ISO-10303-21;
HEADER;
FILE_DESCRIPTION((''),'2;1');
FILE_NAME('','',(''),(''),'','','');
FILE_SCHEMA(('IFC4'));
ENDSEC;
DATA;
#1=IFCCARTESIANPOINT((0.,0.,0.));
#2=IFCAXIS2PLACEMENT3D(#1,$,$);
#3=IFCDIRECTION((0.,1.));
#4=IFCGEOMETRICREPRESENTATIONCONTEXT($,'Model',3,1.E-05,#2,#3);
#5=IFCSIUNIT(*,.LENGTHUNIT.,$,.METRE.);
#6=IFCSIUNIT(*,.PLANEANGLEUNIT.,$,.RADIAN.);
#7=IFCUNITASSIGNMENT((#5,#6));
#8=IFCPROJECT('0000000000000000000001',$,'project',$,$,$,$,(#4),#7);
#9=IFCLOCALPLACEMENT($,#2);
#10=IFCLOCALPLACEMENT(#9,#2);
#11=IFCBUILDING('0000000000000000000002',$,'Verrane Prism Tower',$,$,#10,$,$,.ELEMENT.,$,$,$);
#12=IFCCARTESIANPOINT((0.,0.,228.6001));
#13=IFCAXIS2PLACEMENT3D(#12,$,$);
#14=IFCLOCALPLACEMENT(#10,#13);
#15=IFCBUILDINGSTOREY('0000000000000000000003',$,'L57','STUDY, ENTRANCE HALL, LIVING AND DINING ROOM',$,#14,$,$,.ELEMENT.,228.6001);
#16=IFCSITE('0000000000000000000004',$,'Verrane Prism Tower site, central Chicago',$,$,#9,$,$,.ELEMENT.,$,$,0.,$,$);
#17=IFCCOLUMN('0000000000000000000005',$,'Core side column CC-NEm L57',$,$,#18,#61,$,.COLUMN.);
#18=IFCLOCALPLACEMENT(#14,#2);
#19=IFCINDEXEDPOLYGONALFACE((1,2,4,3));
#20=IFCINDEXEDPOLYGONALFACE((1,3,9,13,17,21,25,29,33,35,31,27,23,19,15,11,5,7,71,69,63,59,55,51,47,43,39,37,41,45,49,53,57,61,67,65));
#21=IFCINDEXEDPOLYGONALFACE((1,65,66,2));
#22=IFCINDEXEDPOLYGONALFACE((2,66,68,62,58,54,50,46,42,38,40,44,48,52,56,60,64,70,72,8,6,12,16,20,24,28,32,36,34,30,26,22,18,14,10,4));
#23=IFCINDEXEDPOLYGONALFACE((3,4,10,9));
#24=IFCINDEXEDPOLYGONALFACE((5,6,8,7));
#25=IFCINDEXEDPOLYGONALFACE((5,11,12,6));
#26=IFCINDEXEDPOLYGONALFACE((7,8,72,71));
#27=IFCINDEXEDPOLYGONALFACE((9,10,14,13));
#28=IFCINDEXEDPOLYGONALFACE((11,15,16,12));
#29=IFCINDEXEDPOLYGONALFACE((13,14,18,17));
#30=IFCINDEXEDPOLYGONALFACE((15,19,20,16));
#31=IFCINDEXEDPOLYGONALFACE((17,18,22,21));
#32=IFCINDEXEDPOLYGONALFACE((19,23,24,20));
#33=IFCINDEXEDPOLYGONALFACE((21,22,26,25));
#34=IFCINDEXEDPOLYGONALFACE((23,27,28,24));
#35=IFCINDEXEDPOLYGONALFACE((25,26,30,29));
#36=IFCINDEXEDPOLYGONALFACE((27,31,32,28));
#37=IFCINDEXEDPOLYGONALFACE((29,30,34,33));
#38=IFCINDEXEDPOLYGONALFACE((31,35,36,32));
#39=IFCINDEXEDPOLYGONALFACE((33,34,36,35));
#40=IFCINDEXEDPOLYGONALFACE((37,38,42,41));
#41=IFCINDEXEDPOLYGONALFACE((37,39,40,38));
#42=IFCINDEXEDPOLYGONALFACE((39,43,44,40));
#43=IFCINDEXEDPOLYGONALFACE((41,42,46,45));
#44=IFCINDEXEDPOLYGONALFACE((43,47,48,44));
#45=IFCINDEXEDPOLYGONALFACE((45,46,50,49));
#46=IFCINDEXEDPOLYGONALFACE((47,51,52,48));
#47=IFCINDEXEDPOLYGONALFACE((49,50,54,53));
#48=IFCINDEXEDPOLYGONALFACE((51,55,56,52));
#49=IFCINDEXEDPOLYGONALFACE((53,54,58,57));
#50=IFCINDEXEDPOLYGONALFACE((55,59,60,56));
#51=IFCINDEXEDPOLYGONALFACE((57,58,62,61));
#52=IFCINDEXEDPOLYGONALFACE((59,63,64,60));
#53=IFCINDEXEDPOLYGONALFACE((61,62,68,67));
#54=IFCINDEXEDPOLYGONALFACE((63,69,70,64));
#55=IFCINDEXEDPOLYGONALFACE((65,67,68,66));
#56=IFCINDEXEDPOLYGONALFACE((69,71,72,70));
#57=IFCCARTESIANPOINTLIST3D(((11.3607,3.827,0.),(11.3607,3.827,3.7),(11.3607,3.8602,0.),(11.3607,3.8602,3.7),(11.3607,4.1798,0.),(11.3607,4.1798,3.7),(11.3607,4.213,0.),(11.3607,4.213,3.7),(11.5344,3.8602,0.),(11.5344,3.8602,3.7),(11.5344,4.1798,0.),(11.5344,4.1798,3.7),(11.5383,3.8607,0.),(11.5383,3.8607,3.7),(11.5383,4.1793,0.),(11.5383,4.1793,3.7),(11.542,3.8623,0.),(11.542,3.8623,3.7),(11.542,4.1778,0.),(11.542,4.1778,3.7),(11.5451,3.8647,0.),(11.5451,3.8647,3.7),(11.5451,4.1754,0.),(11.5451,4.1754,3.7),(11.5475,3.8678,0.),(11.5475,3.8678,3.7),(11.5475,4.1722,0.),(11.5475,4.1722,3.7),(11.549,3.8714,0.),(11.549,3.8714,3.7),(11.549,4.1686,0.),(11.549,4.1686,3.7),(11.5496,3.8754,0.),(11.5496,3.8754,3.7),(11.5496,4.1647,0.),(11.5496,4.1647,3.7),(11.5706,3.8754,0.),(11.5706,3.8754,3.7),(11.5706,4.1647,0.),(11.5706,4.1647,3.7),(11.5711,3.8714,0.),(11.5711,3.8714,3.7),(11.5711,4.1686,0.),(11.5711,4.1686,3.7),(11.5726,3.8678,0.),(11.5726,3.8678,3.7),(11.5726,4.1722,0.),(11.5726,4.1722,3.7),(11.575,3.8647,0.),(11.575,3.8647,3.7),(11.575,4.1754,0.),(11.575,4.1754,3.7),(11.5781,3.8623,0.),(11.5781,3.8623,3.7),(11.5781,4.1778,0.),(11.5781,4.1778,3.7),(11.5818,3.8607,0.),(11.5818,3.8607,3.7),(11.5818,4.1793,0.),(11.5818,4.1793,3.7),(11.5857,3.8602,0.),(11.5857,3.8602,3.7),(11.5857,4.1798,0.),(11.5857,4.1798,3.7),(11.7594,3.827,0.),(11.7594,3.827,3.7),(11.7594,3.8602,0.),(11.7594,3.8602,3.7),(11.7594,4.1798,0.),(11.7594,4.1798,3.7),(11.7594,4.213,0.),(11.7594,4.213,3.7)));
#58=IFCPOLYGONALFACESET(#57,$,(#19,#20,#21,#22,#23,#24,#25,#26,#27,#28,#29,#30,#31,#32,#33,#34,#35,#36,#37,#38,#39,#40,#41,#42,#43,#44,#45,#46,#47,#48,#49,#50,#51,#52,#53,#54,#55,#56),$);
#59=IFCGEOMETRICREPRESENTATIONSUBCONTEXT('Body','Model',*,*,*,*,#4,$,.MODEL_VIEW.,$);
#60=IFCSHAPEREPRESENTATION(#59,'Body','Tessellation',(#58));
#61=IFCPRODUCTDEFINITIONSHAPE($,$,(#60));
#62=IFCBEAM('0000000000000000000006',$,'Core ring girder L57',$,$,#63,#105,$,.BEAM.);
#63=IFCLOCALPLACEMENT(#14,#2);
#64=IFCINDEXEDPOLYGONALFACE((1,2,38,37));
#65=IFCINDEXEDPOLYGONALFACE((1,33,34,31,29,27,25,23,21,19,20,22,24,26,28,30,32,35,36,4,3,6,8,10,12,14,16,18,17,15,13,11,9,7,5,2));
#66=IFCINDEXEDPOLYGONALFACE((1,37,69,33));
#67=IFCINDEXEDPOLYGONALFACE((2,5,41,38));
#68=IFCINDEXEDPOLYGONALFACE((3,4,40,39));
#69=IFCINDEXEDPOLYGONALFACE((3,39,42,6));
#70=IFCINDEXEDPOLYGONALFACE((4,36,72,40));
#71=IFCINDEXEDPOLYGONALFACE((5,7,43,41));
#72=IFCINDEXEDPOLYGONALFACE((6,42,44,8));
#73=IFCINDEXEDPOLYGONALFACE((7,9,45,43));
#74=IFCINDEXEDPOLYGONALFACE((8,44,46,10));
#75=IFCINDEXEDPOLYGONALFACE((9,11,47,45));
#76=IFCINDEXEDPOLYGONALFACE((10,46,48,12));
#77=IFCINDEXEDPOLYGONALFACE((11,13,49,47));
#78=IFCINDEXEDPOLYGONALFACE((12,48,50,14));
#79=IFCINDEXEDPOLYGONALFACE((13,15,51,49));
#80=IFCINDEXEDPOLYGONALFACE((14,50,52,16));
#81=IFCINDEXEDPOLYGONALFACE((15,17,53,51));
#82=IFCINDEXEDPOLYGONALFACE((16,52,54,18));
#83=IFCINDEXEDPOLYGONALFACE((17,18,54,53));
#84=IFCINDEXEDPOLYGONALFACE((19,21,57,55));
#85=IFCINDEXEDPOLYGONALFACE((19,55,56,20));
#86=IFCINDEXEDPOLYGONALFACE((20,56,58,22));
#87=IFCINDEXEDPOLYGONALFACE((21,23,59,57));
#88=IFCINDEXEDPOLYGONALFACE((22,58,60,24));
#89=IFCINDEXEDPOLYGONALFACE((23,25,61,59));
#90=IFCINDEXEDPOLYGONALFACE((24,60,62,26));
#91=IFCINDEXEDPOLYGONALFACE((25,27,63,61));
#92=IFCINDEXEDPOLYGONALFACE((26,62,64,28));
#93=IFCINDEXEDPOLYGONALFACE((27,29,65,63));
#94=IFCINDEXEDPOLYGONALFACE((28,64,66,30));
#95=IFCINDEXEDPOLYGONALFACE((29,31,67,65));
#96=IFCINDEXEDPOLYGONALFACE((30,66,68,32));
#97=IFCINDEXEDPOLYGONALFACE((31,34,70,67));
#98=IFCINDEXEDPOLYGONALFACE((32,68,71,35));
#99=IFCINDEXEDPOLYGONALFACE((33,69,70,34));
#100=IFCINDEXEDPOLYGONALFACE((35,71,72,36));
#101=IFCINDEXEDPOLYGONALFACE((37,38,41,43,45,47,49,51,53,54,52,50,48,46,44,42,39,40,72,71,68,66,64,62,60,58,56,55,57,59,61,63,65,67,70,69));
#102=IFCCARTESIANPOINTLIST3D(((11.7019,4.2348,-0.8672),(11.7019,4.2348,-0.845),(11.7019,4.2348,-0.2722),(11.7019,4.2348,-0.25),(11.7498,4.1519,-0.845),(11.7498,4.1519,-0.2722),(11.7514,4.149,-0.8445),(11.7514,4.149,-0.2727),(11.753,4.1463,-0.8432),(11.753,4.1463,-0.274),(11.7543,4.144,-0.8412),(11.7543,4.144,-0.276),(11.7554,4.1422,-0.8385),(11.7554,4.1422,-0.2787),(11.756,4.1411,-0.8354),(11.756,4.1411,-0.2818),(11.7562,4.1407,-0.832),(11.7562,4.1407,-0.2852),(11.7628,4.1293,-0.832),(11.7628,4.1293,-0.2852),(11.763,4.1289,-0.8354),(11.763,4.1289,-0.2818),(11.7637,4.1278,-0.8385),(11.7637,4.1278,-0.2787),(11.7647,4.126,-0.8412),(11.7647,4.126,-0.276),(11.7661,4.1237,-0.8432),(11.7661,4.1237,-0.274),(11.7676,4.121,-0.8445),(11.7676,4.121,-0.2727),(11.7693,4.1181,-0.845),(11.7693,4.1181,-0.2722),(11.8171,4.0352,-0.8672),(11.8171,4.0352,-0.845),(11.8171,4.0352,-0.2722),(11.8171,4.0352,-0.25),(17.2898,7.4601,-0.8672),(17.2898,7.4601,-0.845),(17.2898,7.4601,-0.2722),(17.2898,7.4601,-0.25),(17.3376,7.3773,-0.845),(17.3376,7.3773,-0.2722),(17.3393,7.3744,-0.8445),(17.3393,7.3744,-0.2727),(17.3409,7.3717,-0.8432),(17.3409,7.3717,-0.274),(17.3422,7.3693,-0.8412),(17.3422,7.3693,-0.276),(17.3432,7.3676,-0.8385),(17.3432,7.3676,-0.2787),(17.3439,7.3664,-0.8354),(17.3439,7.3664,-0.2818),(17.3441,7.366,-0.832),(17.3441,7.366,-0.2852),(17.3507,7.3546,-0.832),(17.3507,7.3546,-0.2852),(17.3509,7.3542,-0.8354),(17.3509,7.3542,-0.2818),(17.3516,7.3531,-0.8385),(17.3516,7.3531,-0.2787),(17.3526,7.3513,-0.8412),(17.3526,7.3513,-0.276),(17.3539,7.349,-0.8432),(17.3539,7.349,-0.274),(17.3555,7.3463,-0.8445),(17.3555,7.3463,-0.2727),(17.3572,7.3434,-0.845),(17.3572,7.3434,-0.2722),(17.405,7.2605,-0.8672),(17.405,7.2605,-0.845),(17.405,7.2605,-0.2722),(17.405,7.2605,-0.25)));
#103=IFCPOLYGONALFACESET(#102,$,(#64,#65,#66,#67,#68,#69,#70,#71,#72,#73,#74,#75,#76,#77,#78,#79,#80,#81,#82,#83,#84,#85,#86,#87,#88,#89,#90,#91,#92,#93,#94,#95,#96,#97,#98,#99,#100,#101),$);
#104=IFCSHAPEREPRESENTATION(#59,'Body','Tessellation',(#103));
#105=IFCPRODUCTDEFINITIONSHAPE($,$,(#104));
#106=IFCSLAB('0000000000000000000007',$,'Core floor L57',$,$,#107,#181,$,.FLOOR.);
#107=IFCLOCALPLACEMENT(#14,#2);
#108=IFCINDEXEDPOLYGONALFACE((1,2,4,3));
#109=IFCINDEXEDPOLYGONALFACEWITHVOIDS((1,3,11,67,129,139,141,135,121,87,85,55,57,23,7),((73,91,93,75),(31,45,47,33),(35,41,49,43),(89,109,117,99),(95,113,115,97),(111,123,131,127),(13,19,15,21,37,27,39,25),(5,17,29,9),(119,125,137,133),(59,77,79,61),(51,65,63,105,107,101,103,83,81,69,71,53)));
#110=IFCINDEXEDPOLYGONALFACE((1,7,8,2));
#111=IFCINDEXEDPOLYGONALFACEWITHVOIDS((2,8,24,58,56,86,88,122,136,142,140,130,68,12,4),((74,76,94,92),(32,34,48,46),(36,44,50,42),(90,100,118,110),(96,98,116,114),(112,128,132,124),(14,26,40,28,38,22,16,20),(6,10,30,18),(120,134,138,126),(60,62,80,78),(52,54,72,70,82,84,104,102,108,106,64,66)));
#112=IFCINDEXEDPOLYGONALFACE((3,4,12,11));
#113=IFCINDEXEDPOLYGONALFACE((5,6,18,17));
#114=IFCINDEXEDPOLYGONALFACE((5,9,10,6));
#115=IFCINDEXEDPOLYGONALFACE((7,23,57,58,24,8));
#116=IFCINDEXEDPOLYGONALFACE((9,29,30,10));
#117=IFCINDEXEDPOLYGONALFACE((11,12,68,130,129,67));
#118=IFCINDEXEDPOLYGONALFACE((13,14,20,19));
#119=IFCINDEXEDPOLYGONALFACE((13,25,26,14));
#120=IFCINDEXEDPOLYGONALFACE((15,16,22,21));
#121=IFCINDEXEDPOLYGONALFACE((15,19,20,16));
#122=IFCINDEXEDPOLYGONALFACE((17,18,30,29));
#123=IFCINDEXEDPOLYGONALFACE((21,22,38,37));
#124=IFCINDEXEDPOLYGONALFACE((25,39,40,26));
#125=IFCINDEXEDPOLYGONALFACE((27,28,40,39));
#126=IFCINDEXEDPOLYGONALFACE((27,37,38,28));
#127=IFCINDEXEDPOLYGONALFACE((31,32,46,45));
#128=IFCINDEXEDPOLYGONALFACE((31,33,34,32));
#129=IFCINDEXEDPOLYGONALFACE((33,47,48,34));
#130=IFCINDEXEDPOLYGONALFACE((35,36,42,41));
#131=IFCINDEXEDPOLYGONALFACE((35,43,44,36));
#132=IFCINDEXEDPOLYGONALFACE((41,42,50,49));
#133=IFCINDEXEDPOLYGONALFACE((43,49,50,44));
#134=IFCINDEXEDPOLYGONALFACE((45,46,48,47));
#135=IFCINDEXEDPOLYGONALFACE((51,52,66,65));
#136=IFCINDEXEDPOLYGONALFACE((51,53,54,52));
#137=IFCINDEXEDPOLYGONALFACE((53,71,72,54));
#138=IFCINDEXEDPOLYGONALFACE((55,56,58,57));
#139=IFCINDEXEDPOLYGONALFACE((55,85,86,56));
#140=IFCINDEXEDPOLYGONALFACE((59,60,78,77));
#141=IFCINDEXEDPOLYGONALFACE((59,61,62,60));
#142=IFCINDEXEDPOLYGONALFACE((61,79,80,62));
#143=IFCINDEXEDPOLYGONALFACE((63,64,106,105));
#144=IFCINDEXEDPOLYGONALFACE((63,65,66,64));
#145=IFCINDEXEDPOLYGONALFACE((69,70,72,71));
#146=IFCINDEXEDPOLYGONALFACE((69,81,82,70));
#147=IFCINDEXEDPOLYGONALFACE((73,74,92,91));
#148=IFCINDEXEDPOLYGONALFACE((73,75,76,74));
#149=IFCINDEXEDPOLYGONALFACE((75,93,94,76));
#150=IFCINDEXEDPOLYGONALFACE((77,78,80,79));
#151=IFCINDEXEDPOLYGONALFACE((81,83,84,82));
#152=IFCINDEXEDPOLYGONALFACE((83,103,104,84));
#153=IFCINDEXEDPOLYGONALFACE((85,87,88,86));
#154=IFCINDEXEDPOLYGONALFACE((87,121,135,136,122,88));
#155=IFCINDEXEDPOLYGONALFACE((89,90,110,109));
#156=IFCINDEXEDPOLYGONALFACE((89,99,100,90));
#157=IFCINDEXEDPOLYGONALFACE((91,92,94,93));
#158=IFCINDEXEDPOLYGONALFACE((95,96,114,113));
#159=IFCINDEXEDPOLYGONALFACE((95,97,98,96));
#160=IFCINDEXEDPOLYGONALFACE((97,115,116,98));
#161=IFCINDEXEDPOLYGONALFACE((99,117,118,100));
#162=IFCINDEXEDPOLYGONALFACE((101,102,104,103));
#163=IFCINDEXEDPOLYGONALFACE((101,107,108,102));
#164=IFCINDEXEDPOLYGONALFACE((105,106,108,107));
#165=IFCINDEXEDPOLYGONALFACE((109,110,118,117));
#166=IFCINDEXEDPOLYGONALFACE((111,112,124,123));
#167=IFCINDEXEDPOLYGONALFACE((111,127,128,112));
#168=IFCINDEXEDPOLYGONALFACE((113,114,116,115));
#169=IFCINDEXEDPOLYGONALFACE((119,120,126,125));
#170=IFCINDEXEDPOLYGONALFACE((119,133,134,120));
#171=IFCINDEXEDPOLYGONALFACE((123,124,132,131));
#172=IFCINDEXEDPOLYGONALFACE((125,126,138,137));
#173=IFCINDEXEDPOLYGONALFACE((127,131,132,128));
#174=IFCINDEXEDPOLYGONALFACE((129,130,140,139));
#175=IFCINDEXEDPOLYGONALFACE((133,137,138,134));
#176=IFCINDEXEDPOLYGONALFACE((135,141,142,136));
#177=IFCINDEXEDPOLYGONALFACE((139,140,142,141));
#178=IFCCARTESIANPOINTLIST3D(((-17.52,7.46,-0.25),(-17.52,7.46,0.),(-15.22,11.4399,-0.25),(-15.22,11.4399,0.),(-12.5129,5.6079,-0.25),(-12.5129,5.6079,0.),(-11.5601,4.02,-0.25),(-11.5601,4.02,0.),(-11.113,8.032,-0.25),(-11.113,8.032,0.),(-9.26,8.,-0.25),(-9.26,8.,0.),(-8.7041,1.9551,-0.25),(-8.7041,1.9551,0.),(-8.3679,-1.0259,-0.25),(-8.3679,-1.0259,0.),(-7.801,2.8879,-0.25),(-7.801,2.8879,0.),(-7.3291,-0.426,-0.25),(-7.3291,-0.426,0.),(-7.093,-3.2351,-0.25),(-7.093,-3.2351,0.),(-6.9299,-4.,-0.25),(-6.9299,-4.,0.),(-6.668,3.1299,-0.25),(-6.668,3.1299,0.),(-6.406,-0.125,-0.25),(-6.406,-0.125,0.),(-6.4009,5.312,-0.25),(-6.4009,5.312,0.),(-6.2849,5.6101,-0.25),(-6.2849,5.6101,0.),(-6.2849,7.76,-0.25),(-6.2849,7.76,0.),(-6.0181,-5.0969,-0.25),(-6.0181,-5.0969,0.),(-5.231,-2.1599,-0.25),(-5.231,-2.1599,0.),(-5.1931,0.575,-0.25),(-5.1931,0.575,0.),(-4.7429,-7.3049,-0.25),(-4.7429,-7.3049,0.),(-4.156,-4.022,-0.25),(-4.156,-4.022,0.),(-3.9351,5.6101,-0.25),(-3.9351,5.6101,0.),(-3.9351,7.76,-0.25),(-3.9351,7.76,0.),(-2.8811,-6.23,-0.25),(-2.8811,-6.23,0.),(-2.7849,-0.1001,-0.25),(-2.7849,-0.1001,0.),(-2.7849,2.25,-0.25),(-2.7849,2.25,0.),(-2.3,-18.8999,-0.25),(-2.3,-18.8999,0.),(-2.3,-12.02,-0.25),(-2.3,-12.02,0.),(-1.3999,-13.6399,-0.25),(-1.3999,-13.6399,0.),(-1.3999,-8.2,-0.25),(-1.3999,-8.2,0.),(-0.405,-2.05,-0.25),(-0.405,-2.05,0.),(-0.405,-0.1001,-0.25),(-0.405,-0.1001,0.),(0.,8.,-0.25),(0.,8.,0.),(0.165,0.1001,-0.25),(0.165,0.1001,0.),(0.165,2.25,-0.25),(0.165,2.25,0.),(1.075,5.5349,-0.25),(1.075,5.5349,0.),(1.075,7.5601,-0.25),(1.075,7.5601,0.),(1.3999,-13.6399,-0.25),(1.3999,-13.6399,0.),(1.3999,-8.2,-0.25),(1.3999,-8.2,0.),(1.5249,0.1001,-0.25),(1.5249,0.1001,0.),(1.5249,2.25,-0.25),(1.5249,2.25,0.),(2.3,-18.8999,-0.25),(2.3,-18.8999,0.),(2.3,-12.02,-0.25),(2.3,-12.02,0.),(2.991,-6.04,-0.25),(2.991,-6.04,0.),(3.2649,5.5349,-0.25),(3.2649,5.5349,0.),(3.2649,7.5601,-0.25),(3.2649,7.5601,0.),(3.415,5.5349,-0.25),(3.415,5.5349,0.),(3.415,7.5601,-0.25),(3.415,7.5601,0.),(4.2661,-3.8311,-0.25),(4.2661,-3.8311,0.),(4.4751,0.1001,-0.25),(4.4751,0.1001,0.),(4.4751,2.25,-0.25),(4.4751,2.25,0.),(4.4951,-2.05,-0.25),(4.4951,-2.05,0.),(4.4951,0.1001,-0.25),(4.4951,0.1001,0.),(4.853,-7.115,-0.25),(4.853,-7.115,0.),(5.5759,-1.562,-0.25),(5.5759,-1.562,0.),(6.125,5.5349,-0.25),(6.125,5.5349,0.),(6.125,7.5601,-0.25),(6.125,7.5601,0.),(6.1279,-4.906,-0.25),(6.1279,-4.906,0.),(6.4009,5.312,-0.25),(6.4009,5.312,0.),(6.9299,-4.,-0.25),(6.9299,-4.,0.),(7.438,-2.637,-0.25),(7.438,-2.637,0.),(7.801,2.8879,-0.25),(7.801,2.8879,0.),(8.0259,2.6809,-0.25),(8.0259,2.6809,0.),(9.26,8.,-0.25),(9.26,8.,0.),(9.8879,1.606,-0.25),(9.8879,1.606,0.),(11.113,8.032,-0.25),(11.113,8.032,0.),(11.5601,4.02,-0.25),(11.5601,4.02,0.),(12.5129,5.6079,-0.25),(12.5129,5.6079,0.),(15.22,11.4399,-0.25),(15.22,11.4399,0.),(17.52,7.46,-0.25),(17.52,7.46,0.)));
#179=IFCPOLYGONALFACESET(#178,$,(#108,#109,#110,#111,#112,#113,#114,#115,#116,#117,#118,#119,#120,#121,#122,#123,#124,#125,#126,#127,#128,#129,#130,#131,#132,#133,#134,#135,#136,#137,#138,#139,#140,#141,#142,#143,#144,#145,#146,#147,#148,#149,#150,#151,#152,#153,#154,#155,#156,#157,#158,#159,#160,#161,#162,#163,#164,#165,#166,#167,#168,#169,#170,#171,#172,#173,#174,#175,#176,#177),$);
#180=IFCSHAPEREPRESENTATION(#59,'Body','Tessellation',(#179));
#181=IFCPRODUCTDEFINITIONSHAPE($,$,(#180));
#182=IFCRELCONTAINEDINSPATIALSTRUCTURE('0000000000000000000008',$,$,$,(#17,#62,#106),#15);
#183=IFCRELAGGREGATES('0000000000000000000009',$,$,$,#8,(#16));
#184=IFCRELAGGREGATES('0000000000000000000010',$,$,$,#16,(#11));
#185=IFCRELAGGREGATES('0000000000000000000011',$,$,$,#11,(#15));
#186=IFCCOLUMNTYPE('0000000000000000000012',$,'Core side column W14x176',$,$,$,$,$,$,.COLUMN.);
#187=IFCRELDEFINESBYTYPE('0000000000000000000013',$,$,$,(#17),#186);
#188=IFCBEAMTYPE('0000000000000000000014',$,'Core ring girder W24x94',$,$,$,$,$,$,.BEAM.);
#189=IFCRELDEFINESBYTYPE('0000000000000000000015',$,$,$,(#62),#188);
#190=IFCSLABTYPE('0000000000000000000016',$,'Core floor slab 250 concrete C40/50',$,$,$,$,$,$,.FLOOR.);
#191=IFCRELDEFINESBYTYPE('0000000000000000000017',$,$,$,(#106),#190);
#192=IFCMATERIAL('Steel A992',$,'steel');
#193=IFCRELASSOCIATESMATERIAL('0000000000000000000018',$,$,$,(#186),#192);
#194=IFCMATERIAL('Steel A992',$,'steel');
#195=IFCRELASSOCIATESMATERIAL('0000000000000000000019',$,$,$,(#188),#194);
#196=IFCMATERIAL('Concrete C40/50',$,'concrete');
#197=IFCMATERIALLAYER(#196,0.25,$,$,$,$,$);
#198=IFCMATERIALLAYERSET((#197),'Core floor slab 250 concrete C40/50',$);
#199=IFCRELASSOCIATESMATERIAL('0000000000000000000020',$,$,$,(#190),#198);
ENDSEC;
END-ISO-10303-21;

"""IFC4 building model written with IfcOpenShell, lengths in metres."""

from ifc_helpers import new_model, si_unit, direction, frame, origin, origin_2d, place, context, subcontext, project, spatial, polyline, i_section, outline, extrude, material, layer, layer_set, material_profile, profile_set, type_object, element, save


model = new_model("IFC4")

# Units and contexts
model_context = context("Model", 3, precision=1e-05, world=origin(), true_north=direction((0.0, 1.0)))
body_context = subcontext(model_context, "Body", "Model", "MODEL_VIEW")
ifc_project = project(units=[si_unit("LENGTHUNIT", "METRE"), si_unit("PLANEANGLEUNIT", "RADIAN")], contexts=[model_context])

# Site, building, storey
site_placement = place(None, origin())
site = spatial("IfcSite", under=ifc_project, at=site_placement, Name="Verrane Prism Tower site, central Chicago", CompositionType="ELEMENT", RefElevation=0.0)
building_placement = place(site_placement, origin())
building = spatial("IfcBuilding", under=site, at=building_placement, Name="Verrane Prism Tower", CompositionType="ELEMENT")
storey_placement = place(building_placement, frame((0.0, 0.0, 228.6001)))
storey = spatial("IfcBuildingStorey", under=building, at=storey_placement, Name="L57", Description="STUDY, ENTRANCE HALL, LIVING AND DINING ROOM", CompositionType="ELEMENT", Elevation=228.6001)

# Column
ifc_material_1 = material(Name="Steel A992", Category="steel")
ifc_material_profile_1 = material_profile(ifc_material_1, i_section(OverallWidth=0.3987, OverallDepth=0.386, WebThickness=0.021, FlangeThickness=0.0332, FilletRadius=0.0151, at=origin_2d()), Name="W14x176")
ifc_profile_set_1 = profile_set([ifc_material_profile_1], Name="Steel A992")
column_type = type_object("IfcColumnType", Name="Core side column W14x176", PredefinedType="COLUMN", material=ifc_profile_set_1)
column_placement = place(storey_placement, frame((11.5601, 4.02, 0.0), z_axis=(0.0, 0.0, 1.0), x_axis=(1.0, 0.0, 0.0)))
element("IfcColumn", 1, at=column_placement, inside=storey, type_object=column_type, Name="Core side column CC-NEm L57", PredefinedType="COLUMN", context=body_context, shape_type="SweptSolid", body=[
    extrude(i_section(OverallWidth=0.3987, OverallDepth=0.386, WebThickness=0.021, FlangeThickness=0.0332, FilletRadius=0.0151, at=origin_2d()), origin(), (0.0, 0.0, 1.0), 3.7),
])

# Beam
ifc_material_2 = material(Name="Steel A992", Category="steel")
ifc_material_profile_2 = material_profile(ifc_material_2, i_section(OverallWidth=0.2305, OverallDepth=0.6172, WebThickness=0.0132, FlangeThickness=0.0222, FilletRadius=0.0129, at=origin_2d()), Name="W24x94")
ifc_profile_set_2 = profile_set([ifc_material_profile_2], Name="Steel A992")
beam_type = type_object("IfcBeamType", Name="Core ring girder W24x94", PredefinedType="BEAM", material=ifc_profile_set_2)
beam_placement = place(storey_placement, frame((11.7595, 4.135, -0.5586), z_axis=(0.866081, 0.499904, 0.0), x_axis=(-0.499904, 0.866081, 0.0)))
element("IfcBeam", 2, at=beam_placement, inside=storey, type_object=beam_type, Name="Core ring girder L57", PredefinedType="BEAM", context=body_context, shape_type="SweptSolid", body=[
    extrude(i_section(OverallWidth=0.2305, OverallDepth=0.6172, WebThickness=0.0132, FlangeThickness=0.0222, FilletRadius=0.0129, at=origin_2d()), origin(), (0.0, 0.0, 1.0), 6.4519),
])

# Slab
ifc_material_3 = material(Name="Concrete C40/50", Category="concrete")
ifc_layer_1 = layer(ifc_material_3, 0.25)
ifc_layer_set_1 = layer_set([ifc_layer_1], Name="Core floor slab 250 concrete C40/50")
slab_type_1 = type_object("IfcSlabType", Name="Core floor slab 250 concrete C40/50", PredefinedType="FLOOR", material=ifc_layer_set_1)
slab_1_placement = place(storey_placement, frame((0.0, 0.0, -0.25)))
element("IfcSlab", 3, at=slab_1_placement, inside=storey, type_object=slab_type_1, Name="Core floor L57", PredefinedType="FLOOR", context=body_context, shape_type="SweptSolid", body=[
    extrude(outline(polyline([(11.5601, 4.02), (17.52, 7.46), (15.22, 11.4399), (9.26, 8.0), (0.0, 8.0), (-9.26, 8.0), (-15.22, 11.4399), (-17.52, 7.46), (-11.5601, 4.02), (-6.9299, -4.0), (-2.3, -12.02), (-2.3, -18.8999), (2.3, -18.8999), (2.3, -12.02), (6.9299, -4.0), (11.5601, 4.02)]), holes=[polyline([(1.3999, -8.2), (1.3999, -13.6399), (-1.3999, -13.6399), (-1.3999, -8.2), (1.3999, -8.2)]), polyline([(-2.8811, -6.23), (-4.7429, -7.3049), (-6.0181, -5.0969), (-4.156, -4.022), (-2.8811, -6.23)]), polyline([(-7.801, 2.8879), (-12.5129, 5.6079), (-11.113, 8.032), (-6.4009, 5.312), (-7.801, 2.8879)]), polyline([(-6.2849, 5.6101), (-6.2849, 7.76), (-3.9351, 7.76), (-3.9351, 5.6101), (-6.2849, 5.6101)]), polyline([(4.2661, -3.8311), (6.1279, -4.906), (4.853, -7.115), (2.991, -6.04), (4.2661, -3.8311)]), polyline([(7.438, -2.637), (5.5759, -1.562), (8.0259, 2.6809), (9.8879, 1.606), (7.438, -2.637)]), polyline([(0.165, 0.1001), (1.5249, 0.1001), (1.5249, 2.25), (4.4751, 2.25), (4.4751, 0.1001), (4.4951, 0.1001), (4.4951, -2.05), (-0.405, -2.05), (-0.405, -0.1001), (-2.7849, -0.1001), (-2.7849, 2.25), (0.165, 2.25), (0.165, 0.1001)]), polyline([(6.4009, 5.312), (11.113, 8.032), (12.5129, 5.6079), (7.801, 2.8879), (6.4009, 5.312)]), polyline([(1.075, 5.5349), (1.075, 7.5601), (3.2649, 7.5601), (3.2649, 5.5349), (1.075, 5.5349)]), polyline([(3.415, 7.5601), (6.125, 7.5601), (6.125, 5.5349), (3.415, 5.5349), (3.415, 7.5601)]), polyline([(-5.231, -2.1599), (-7.093, -3.2351), (-8.3679, -1.0259), (-7.3291, -0.426), (-8.7041, 1.9551), (-6.668, 3.1299), (-5.1931, 0.575), (-6.406, -0.125), (-5.231, -2.1599)])]), origin(), (0.0, 0.0, 1.0), 0.25),
])

save(model, "model.ifc")
